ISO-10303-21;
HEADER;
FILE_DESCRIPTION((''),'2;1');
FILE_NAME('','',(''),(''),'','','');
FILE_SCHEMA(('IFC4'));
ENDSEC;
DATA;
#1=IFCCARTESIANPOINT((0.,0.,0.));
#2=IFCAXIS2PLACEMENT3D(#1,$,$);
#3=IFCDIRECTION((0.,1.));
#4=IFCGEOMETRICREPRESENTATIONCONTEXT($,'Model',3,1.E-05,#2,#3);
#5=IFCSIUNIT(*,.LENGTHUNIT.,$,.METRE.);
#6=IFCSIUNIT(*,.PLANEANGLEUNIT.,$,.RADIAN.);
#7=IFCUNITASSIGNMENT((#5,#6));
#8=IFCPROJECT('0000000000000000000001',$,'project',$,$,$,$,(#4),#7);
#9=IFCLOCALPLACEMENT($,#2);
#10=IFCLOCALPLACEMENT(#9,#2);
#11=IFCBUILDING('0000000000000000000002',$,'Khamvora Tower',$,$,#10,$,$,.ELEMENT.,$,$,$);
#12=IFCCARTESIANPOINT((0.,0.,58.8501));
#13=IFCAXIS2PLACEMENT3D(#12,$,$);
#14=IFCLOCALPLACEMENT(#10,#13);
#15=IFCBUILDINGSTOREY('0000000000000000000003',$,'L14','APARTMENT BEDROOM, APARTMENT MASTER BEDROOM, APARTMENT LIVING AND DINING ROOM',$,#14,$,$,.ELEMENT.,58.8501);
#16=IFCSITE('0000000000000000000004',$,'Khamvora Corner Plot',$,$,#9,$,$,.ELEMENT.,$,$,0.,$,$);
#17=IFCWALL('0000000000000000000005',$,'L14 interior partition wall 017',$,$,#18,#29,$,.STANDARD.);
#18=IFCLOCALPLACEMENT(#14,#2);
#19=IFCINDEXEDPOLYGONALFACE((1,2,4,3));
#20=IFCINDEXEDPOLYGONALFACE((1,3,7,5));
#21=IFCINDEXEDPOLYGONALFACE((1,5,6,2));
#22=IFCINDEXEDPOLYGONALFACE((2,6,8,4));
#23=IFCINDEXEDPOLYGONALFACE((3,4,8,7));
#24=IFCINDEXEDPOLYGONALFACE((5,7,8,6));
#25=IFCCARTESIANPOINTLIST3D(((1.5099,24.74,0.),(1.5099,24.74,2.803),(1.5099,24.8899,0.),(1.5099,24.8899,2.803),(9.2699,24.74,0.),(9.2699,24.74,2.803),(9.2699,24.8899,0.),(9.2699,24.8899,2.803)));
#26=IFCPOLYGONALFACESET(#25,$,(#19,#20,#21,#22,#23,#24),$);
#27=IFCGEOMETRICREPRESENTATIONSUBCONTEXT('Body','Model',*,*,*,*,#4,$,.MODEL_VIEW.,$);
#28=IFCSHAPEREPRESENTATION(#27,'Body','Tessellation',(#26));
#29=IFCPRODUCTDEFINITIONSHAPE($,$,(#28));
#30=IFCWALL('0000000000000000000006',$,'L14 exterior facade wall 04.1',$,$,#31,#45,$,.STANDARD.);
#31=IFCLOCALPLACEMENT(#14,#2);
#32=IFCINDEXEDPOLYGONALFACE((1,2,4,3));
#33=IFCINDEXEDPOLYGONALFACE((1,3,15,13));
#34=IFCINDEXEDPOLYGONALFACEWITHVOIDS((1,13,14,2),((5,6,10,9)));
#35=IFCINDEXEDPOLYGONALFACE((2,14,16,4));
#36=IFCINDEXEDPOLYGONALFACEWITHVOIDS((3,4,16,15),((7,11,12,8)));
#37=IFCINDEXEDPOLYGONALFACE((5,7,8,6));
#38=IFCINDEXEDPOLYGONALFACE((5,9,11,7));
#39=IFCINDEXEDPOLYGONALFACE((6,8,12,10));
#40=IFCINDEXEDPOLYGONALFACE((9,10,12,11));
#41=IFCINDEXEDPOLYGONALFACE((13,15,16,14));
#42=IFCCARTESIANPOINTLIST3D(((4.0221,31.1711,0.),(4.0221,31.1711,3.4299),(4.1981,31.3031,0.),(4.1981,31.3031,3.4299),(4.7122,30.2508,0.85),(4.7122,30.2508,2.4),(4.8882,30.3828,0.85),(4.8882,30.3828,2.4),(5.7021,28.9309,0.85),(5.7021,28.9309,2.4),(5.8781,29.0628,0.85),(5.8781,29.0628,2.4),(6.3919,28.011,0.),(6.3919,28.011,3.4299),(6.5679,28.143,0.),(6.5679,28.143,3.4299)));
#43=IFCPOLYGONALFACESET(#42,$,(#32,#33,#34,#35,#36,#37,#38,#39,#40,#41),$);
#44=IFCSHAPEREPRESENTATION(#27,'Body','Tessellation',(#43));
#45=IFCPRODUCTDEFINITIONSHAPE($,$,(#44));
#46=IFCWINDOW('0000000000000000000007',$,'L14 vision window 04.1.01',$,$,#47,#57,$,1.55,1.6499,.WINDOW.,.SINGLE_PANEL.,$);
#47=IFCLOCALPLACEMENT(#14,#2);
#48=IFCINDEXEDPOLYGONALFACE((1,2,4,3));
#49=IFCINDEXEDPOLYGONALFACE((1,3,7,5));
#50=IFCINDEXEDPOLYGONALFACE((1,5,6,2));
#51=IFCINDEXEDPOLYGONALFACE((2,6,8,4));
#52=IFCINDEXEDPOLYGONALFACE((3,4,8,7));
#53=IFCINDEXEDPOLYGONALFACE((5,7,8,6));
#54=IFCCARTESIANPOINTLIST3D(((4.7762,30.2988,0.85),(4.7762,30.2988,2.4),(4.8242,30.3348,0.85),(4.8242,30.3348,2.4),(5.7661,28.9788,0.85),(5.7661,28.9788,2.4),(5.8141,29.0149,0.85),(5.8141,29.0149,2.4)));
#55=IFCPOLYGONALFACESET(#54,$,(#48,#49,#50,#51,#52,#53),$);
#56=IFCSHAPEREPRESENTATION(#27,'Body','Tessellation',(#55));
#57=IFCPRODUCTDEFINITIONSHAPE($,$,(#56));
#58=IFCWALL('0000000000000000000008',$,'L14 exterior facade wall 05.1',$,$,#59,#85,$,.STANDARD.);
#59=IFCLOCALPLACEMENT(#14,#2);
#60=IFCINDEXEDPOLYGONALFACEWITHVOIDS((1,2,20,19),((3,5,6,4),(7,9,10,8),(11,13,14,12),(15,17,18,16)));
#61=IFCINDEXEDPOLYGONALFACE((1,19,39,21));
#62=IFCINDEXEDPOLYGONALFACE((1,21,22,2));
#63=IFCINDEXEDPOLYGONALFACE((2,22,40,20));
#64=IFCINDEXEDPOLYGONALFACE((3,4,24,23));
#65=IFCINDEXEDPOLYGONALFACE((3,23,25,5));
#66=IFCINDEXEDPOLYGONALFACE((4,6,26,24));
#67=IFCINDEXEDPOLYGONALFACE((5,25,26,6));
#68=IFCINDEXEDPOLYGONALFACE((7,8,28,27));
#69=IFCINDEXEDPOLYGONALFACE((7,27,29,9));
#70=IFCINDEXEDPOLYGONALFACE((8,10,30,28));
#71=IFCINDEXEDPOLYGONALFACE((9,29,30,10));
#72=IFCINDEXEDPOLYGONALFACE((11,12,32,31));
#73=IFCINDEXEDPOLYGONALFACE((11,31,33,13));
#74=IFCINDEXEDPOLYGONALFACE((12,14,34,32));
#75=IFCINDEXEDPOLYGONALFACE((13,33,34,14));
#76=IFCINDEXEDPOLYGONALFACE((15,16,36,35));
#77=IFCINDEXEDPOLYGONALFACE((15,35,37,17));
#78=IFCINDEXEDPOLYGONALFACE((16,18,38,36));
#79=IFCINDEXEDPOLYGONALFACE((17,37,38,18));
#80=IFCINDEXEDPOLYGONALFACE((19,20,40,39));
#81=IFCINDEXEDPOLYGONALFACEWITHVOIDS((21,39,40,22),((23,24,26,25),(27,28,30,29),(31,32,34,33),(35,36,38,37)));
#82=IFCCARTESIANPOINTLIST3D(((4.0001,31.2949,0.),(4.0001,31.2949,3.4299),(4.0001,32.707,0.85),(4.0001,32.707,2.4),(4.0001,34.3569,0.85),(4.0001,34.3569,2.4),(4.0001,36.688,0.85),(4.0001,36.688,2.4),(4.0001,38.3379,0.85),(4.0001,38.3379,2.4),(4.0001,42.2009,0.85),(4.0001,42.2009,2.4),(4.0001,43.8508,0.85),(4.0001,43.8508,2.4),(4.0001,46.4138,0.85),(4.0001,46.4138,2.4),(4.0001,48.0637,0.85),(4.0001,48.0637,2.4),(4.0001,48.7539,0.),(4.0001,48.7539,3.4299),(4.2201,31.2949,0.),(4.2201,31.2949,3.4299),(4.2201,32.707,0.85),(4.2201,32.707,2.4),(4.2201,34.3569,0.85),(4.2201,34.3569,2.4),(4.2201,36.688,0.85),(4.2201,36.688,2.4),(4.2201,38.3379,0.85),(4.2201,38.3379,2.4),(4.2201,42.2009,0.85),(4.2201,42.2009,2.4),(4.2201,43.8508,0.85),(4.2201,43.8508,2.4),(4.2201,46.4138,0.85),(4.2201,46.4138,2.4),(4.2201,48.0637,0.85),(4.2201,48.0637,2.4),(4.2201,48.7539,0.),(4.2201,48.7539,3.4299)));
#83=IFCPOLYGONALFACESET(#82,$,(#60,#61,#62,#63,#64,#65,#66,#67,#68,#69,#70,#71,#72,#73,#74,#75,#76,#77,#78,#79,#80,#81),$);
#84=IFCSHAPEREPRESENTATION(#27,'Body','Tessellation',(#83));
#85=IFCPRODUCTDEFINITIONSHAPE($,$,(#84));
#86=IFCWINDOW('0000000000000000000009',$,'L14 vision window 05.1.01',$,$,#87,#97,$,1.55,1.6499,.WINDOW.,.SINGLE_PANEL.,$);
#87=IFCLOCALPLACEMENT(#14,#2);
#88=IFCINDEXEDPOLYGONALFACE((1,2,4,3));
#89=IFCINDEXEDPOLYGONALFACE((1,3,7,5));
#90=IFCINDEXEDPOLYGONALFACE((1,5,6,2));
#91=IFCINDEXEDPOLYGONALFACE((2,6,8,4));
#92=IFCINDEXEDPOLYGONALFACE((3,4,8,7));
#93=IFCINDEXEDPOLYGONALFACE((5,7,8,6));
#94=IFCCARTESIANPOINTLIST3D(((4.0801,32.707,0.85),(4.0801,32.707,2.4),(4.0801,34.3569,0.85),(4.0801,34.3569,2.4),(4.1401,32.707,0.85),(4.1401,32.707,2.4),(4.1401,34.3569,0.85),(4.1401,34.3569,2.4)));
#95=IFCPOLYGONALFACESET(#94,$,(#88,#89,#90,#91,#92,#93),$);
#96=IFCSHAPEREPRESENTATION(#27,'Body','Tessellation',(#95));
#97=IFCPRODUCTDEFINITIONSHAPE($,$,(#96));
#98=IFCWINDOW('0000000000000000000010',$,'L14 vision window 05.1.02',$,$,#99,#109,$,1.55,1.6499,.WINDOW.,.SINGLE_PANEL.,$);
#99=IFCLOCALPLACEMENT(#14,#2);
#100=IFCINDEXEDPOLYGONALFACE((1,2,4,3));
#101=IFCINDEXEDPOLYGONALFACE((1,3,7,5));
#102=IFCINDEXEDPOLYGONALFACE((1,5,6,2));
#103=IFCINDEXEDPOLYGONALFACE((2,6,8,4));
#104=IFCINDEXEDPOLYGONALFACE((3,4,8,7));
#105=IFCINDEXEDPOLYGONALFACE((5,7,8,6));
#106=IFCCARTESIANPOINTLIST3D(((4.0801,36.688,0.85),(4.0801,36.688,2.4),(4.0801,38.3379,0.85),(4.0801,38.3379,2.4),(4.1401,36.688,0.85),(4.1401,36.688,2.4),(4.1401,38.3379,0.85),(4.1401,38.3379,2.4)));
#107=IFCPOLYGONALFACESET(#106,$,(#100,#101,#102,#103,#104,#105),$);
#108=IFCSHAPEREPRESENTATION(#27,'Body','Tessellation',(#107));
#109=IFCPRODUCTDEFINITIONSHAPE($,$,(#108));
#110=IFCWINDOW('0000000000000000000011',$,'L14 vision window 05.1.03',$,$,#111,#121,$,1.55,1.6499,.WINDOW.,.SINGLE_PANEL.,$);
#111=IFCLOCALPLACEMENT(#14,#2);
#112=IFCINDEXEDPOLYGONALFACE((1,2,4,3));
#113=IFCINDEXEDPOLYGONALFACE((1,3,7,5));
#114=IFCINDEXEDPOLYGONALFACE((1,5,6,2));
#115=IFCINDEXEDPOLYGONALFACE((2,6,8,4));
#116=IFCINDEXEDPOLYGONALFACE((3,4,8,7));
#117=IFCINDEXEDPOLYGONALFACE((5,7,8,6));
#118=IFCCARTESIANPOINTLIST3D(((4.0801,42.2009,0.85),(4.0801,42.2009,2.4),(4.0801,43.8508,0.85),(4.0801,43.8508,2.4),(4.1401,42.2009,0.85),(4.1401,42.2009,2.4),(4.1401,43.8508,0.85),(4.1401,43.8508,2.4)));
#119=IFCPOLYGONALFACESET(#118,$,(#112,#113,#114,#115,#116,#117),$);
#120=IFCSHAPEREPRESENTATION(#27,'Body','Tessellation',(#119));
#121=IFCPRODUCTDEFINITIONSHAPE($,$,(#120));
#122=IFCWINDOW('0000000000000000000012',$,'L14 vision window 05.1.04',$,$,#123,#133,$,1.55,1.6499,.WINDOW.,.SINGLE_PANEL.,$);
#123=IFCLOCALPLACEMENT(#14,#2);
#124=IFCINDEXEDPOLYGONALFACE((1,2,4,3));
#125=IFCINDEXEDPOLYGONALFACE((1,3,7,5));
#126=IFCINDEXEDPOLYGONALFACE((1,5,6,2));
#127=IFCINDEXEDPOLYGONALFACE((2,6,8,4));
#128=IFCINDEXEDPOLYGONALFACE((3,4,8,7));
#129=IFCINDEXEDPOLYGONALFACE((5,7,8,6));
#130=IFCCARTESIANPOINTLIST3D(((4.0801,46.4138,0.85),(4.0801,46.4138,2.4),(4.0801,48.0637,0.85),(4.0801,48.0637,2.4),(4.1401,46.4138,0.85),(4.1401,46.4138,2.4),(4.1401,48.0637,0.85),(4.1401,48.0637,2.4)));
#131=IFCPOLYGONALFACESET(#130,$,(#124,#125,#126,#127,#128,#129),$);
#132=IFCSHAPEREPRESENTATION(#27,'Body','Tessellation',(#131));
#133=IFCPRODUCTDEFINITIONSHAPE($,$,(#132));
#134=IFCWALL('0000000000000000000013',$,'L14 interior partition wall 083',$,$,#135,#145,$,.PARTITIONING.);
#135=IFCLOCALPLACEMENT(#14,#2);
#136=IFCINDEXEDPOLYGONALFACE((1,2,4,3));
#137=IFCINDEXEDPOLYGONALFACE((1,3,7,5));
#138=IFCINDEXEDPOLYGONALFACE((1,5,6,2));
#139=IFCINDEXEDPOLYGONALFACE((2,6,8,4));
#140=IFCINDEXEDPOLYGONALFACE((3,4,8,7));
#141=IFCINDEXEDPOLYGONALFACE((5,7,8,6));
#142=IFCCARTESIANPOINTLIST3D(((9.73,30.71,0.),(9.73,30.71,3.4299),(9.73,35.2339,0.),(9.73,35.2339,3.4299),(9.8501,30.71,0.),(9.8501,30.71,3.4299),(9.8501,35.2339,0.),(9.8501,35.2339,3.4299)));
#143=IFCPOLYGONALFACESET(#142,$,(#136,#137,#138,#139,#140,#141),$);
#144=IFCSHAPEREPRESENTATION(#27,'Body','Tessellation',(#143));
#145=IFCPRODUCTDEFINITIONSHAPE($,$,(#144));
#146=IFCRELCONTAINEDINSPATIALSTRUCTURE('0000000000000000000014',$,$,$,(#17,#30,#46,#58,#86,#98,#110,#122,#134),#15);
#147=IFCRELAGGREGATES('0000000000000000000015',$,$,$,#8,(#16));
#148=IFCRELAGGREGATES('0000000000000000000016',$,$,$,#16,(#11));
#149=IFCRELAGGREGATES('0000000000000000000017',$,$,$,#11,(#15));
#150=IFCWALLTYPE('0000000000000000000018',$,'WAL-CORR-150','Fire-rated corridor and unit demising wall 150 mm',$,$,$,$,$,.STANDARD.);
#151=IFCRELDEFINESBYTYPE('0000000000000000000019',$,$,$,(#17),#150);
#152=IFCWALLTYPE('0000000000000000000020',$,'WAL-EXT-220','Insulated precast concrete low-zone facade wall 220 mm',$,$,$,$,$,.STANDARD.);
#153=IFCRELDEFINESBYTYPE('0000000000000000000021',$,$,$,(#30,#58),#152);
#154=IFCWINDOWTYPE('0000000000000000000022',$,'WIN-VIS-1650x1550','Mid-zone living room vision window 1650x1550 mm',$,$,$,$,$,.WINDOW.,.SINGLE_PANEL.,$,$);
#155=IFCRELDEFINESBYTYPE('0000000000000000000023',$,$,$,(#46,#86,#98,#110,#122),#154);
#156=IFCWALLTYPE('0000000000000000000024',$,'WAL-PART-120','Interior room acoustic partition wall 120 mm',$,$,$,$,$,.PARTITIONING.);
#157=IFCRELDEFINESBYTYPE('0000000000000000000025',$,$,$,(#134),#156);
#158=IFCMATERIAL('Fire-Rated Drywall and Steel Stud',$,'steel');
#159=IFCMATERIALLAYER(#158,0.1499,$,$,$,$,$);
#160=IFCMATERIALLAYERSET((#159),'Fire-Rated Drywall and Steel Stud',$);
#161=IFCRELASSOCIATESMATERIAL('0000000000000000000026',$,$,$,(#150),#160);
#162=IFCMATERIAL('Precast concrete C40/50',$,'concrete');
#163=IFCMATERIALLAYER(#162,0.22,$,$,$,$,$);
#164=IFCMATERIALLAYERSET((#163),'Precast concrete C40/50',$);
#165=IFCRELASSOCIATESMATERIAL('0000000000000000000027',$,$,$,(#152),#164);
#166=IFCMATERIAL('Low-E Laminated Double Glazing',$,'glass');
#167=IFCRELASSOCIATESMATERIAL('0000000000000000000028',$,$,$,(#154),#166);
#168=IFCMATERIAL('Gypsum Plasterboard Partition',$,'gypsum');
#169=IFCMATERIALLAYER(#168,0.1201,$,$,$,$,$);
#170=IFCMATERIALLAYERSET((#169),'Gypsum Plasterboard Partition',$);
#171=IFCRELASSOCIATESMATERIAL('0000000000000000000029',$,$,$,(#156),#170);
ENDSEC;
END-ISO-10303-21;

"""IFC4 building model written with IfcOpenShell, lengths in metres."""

from ifc_helpers import new_model, si_unit, direction, frame, frame_2d, origin, place, context, subcontext, project, spatial, rectangle, extrude, material, layer, layer_set, type_object, element, fill, save


model = new_model("IFC4")

# Units and contexts
model_context = context("Model", 3, precision=1e-05, world=origin(), true_north=direction((0.0, 1.0)))
body_context = subcontext(model_context, "Body", "Model", "MODEL_VIEW")
ifc_project = project(units=[si_unit("LENGTHUNIT", "METRE"), si_unit("PLANEANGLEUNIT", "RADIAN")], contexts=[model_context])

# Site, building, storey
site_placement = place(None, origin())
site = spatial("IfcSite", under=ifc_project, at=site_placement, Name="Khamvora Corner Plot", CompositionType="ELEMENT", RefElevation=0.0)
building_placement = place(site_placement, origin())
building = spatial("IfcBuilding", under=site, at=building_placement, Name="Khamvora Tower", CompositionType="ELEMENT")
storey_placement = place(building_placement, frame((0.0, 0.0, 58.8501)))
storey = spatial("IfcBuildingStorey", under=building, at=storey_placement, Name="L14", Description="APARTMENT BEDROOM, APARTMENT MASTER BEDROOM, APARTMENT LIVING AND DINING ROOM", CompositionType="ELEMENT", Elevation=58.8501)

# Shared definitions
ifc_material_1 = material(Name="Fire-Rated Drywall and Steel Stud", Category="steel")
ifc_layer_1 = layer(ifc_material_1, 0.1499)
ifc_layer_set_1 = layer_set([ifc_layer_1], Name="Fire-Rated Drywall and Steel Stud")
wall_type_1 = type_object("IfcWallType", Name="WAL-CORR-150", Description="Fire-rated corridor and unit demising wall 150 mm", PredefinedType="STANDARD", material=ifc_layer_set_1)

# Wall
wall_1_placement = place(storey_placement, frame((1.51, 24.8149, 0.0), z_axis=(0.0, 0.0, 1.0), x_axis=(1.0, 0.0, 0.0)))
element("IfcWall", 1, at=wall_1_placement, inside=storey, type_object=wall_type_1, Name="L14 interior partition wall 017", PredefinedType="STANDARD", context=body_context, shape_type="SweptSolid", body=[
    extrude(rectangle(XDim=7.76, YDim=0.1499, at=frame_2d((3.8799, 0.0))), origin(), (0.0, 0.0, 1.0), 2.803),
])

# Wall, opening, window
ifc_material_2 = material(Name="Precast concrete C40/50", Category="concrete")
ifc_layer_2 = layer(ifc_material_2, 0.22)
ifc_layer_set_2 = layer_set([ifc_layer_2], Name="Precast concrete C40/50")
wall_type_2 = type_object("IfcWallType", Name="WAL-EXT-220", Description="Insulated precast concrete low-zone facade wall 220 mm", PredefinedType="STANDARD", material=ifc_layer_set_2)
wall_2_placement = place(storey_placement, frame((6.48, 28.0769, 0.0), z_axis=(0.0, 0.0, 1.0), x_axis=(-0.59996, 0.80003, 0.0)))
wall_2 = element("IfcWall", 2, at=wall_2_placement, inside=storey, type_object=wall_type_2, Name="L14 exterior facade wall 04.1", PredefinedType="STANDARD", context=body_context, shape_type="SweptSolid", body=[
    extrude(rectangle(XDim=3.95, YDim=0.22, at=frame_2d((1.9751, 0.0))), origin(), (0.0, 0.0, 1.0), 3.4299),
])
opening_1_placement = place(wall_2_placement, frame((1.1499, 0.0, 0.8501)))
opening_1 = element("IfcOpeningElement", 3, at=opening_1_placement, cuts=wall_2, PredefinedType="OPENING", context=body_context, shape_type="SweptSolid", body=[
    extrude(rectangle(XDim=1.6499, YDim=1.55, at=frame_2d((0.825, 0.7749))), frame((0.0, 0.1199, 0.0), z_axis=(0.0, -1.0, 0.0), x_axis=(1.0, 0.0, 0.0)), (0.0, 0.0, 1.0), 0.24),
])
ifc_material_3 = material(Name="Low-E Laminated Double Glazing", Category="glass")
window_type = type_object("IfcWindowType", Name="WIN-VIS-1650x1550", Description="Mid-zone living room vision window 1650x1550 mm", PartitioningType="SINGLE_PANEL", PredefinedType="WINDOW", material=ifc_material_3)
window_1_placement = place(opening_1_placement, origin())
window_1 = element("IfcWindow", 4, at=window_1_placement, inside=storey, type_object=window_type, Name="L14 vision window 04.1.01", OverallHeight=1.55, OverallWidth=1.6499, PartitioningType="SINGLE_PANEL", PredefinedType="WINDOW", context=body_context, shape_type="SweptSolid", body=[
    extrude(rectangle(XDim=1.6499, YDim=1.55, at=frame_2d((0.825, 0.7749))), frame((0.0, 0.03, 0.0), z_axis=(0.0, -1.0, 0.0), x_axis=(1.0, 0.0, 0.0)), (0.0, 0.0, 1.0), 0.0601),
])
fill(opening_1, window_1)

# Wall, openings, windows
wall_3_placement = place(storey_placement, frame((4.1101, 31.2949, 0.0), z_axis=(0.0, 0.0, 1.0), x_axis=(0.0, 1.0, 0.0)))
wall_3 = element("IfcWall", 5, at=wall_3_placement, inside=storey, type_object=wall_type_2, Name="L14 exterior facade wall 05.1", PredefinedType="STANDARD", context=body_context, shape_type="SweptSolid", body=[
    extrude(rectangle(XDim=17.459, YDim=0.22, at=frame_2d((8.7295, 0.0))), origin(), (0.0, 0.0, 1.0), 3.4299),
])
opening_2_placement = place(wall_3_placement, frame((1.4121, 0.0, 0.8501)))
opening_2 = element("IfcOpeningElement", 6, at=opening_2_placement, cuts=wall_3, PredefinedType="OPENING", context=body_context, shape_type="SweptSolid", body=[
    extrude(rectangle(XDim=1.6499, YDim=1.55, at=frame_2d((0.825, 0.7749))), frame((0.0, 0.1199, 0.0), z_axis=(0.0, -1.0, 0.0), x_axis=(1.0, 0.0, 0.0)), (0.0, 0.0, 1.0), 0.24),
])
opening_3_placement = place(wall_3_placement, frame((5.3931, 0.0, 0.8501)))
opening_3 = element("IfcOpeningElement", 7, at=opening_3_placement, cuts=wall_3, PredefinedType="OPENING", context=body_context, shape_type="SweptSolid", body=[
    extrude(rectangle(XDim=1.6499, YDim=1.55, at=frame_2d((0.825, 0.7749))), frame((0.0, 0.1199, 0.0), z_axis=(0.0, -1.0, 0.0), x_axis=(1.0, 0.0, 0.0)), (0.0, 0.0, 1.0), 0.24),
])
opening_4_placement = place(wall_3_placement, frame((10.906, 0.0, 0.8501)))
opening_4 = element("IfcOpeningElement", 8, at=opening_4_placement, cuts=wall_3, PredefinedType="OPENING", context=body_context, shape_type="SweptSolid", body=[
    extrude(rectangle(XDim=1.6499, YDim=1.55, at=frame_2d((0.825, 0.7749))), frame((0.0, 0.1199, 0.0), z_axis=(0.0, -1.0, 0.0), x_axis=(1.0, 0.0, 0.0)), (0.0, 0.0, 1.0), 0.24),
])
opening_5_placement = place(wall_3_placement, frame((15.1189, 0.0, 0.8501)))
opening_5 = element("IfcOpeningElement", 9, at=opening_5_placement, cuts=wall_3, PredefinedType="OPENING", context=body_context, shape_type="SweptSolid", body=[
    extrude(rectangle(XDim=1.6499, YDim=1.55, at=frame_2d((0.825, 0.7749))), frame((0.0, 0.1199, 0.0), z_axis=(0.0, -1.0, 0.0), x_axis=(1.0, 0.0, 0.0)), (0.0, 0.0, 1.0), 0.24),
])
window_2_placement = place(opening_2_placement, origin())
window_2 = element("IfcWindow", 10, at=window_2_placement, inside=storey, type_object=window_type, Name="L14 vision window 05.1.01", OverallHeight=1.55, OverallWidth=1.6499, PartitioningType="SINGLE_PANEL", PredefinedType="WINDOW", context=body_context, shape_type="SweptSolid", body=[
    extrude(rectangle(XDim=1.6499, YDim=1.55, at=frame_2d((0.825, 0.7749))), frame((0.0, 0.03, 0.0), z_axis=(0.0, -1.0, 0.0), x_axis=(1.0, 0.0, 0.0)), (0.0, 0.0, 1.0), 0.0601),
])
fill(opening_2, window_2)
window_3_placement = place(opening_3_placement, origin())
window_3 = element("IfcWindow", 11, at=window_3_placement, inside=storey, type_object=window_type, Name="L14 vision window 05.1.02", OverallHeight=1.55, OverallWidth=1.6499, PartitioningType="SINGLE_PANEL", PredefinedType="WINDOW", context=body_context, shape_type="SweptSolid", body=[
    extrude(rectangle(XDim=1.6499, YDim=1.55, at=frame_2d((0.825, 0.7749))), frame((0.0, 0.03, 0.0), z_axis=(0.0, -1.0, 0.0), x_axis=(1.0, 0.0, 0.0)), (0.0, 0.0, 1.0), 0.0601),
])
fill(opening_3, window_3)
window_4_placement = place(opening_4_placement, origin())
window_4 = element("IfcWindow", 12, at=window_4_placement, inside=storey, type_object=window_type, Name="L14 vision window 05.1.03", OverallHeight=1.55, OverallWidth=1.6499, PartitioningType="SINGLE_PANEL", PredefinedType="WINDOW", context=body_context, shape_type="SweptSolid", body=[
    extrude(rectangle(XDim=1.6499, YDim=1.55, at=frame_2d((0.825, 0.7749))), frame((0.0, 0.03, 0.0), z_axis=(0.0, -1.0, 0.0), x_axis=(1.0, 0.0, 0.0)), (0.0, 0.0, 1.0), 0.0601),
])
fill(opening_4, window_4)
window_5_placement = place(opening_5_placement, origin())
window_5 = element("IfcWindow", 13, at=window_5_placement, inside=storey, type_object=window_type, Name="L14 vision window 05.1.04", OverallHeight=1.55, OverallWidth=1.6499, PartitioningType="SINGLE_PANEL", PredefinedType="WINDOW", context=body_context, shape_type="SweptSolid", body=[
    extrude(rectangle(XDim=1.6499, YDim=1.55, at=frame_2d((0.825, 0.7749))), frame((0.0, 0.03, 0.0), z_axis=(0.0, -1.0, 0.0), x_axis=(1.0, 0.0, 0.0)), (0.0, 0.0, 1.0), 0.0601),
])
fill(opening_5, window_5)

# Wall
ifc_material_4 = material(Name="Gypsum Plasterboard Partition", Category="gypsum")
ifc_layer_3 = layer(ifc_material_4, 0.1201)
ifc_layer_set_3 = layer_set([ifc_layer_3], Name="Gypsum Plasterboard Partition")
wall_type_3 = type_object("IfcWallType", Name="WAL-PART-120", Description="Interior room acoustic partition wall 120 mm", PredefinedType="PARTITIONING", material=ifc_layer_set_3)
wall_4_placement = place(storey_placement, frame((9.79, 30.71, 0.0), z_axis=(0.0, 0.0, 1.0), x_axis=(0.0, 1.0, 0.0)))
element("IfcWall", 14, at=wall_4_placement, inside=storey, type_object=wall_type_3, Name="L14 interior partition wall 083", PredefinedType="PARTITIONING", context=body_context, shape_type="SweptSolid", body=[
    extrude(rectangle(XDim=4.5239, YDim=0.1201, at=frame_2d((2.262, 0.0))), origin(), (0.0, 0.0, 1.0), 3.4299),
])

save(model, "model.ifc")
